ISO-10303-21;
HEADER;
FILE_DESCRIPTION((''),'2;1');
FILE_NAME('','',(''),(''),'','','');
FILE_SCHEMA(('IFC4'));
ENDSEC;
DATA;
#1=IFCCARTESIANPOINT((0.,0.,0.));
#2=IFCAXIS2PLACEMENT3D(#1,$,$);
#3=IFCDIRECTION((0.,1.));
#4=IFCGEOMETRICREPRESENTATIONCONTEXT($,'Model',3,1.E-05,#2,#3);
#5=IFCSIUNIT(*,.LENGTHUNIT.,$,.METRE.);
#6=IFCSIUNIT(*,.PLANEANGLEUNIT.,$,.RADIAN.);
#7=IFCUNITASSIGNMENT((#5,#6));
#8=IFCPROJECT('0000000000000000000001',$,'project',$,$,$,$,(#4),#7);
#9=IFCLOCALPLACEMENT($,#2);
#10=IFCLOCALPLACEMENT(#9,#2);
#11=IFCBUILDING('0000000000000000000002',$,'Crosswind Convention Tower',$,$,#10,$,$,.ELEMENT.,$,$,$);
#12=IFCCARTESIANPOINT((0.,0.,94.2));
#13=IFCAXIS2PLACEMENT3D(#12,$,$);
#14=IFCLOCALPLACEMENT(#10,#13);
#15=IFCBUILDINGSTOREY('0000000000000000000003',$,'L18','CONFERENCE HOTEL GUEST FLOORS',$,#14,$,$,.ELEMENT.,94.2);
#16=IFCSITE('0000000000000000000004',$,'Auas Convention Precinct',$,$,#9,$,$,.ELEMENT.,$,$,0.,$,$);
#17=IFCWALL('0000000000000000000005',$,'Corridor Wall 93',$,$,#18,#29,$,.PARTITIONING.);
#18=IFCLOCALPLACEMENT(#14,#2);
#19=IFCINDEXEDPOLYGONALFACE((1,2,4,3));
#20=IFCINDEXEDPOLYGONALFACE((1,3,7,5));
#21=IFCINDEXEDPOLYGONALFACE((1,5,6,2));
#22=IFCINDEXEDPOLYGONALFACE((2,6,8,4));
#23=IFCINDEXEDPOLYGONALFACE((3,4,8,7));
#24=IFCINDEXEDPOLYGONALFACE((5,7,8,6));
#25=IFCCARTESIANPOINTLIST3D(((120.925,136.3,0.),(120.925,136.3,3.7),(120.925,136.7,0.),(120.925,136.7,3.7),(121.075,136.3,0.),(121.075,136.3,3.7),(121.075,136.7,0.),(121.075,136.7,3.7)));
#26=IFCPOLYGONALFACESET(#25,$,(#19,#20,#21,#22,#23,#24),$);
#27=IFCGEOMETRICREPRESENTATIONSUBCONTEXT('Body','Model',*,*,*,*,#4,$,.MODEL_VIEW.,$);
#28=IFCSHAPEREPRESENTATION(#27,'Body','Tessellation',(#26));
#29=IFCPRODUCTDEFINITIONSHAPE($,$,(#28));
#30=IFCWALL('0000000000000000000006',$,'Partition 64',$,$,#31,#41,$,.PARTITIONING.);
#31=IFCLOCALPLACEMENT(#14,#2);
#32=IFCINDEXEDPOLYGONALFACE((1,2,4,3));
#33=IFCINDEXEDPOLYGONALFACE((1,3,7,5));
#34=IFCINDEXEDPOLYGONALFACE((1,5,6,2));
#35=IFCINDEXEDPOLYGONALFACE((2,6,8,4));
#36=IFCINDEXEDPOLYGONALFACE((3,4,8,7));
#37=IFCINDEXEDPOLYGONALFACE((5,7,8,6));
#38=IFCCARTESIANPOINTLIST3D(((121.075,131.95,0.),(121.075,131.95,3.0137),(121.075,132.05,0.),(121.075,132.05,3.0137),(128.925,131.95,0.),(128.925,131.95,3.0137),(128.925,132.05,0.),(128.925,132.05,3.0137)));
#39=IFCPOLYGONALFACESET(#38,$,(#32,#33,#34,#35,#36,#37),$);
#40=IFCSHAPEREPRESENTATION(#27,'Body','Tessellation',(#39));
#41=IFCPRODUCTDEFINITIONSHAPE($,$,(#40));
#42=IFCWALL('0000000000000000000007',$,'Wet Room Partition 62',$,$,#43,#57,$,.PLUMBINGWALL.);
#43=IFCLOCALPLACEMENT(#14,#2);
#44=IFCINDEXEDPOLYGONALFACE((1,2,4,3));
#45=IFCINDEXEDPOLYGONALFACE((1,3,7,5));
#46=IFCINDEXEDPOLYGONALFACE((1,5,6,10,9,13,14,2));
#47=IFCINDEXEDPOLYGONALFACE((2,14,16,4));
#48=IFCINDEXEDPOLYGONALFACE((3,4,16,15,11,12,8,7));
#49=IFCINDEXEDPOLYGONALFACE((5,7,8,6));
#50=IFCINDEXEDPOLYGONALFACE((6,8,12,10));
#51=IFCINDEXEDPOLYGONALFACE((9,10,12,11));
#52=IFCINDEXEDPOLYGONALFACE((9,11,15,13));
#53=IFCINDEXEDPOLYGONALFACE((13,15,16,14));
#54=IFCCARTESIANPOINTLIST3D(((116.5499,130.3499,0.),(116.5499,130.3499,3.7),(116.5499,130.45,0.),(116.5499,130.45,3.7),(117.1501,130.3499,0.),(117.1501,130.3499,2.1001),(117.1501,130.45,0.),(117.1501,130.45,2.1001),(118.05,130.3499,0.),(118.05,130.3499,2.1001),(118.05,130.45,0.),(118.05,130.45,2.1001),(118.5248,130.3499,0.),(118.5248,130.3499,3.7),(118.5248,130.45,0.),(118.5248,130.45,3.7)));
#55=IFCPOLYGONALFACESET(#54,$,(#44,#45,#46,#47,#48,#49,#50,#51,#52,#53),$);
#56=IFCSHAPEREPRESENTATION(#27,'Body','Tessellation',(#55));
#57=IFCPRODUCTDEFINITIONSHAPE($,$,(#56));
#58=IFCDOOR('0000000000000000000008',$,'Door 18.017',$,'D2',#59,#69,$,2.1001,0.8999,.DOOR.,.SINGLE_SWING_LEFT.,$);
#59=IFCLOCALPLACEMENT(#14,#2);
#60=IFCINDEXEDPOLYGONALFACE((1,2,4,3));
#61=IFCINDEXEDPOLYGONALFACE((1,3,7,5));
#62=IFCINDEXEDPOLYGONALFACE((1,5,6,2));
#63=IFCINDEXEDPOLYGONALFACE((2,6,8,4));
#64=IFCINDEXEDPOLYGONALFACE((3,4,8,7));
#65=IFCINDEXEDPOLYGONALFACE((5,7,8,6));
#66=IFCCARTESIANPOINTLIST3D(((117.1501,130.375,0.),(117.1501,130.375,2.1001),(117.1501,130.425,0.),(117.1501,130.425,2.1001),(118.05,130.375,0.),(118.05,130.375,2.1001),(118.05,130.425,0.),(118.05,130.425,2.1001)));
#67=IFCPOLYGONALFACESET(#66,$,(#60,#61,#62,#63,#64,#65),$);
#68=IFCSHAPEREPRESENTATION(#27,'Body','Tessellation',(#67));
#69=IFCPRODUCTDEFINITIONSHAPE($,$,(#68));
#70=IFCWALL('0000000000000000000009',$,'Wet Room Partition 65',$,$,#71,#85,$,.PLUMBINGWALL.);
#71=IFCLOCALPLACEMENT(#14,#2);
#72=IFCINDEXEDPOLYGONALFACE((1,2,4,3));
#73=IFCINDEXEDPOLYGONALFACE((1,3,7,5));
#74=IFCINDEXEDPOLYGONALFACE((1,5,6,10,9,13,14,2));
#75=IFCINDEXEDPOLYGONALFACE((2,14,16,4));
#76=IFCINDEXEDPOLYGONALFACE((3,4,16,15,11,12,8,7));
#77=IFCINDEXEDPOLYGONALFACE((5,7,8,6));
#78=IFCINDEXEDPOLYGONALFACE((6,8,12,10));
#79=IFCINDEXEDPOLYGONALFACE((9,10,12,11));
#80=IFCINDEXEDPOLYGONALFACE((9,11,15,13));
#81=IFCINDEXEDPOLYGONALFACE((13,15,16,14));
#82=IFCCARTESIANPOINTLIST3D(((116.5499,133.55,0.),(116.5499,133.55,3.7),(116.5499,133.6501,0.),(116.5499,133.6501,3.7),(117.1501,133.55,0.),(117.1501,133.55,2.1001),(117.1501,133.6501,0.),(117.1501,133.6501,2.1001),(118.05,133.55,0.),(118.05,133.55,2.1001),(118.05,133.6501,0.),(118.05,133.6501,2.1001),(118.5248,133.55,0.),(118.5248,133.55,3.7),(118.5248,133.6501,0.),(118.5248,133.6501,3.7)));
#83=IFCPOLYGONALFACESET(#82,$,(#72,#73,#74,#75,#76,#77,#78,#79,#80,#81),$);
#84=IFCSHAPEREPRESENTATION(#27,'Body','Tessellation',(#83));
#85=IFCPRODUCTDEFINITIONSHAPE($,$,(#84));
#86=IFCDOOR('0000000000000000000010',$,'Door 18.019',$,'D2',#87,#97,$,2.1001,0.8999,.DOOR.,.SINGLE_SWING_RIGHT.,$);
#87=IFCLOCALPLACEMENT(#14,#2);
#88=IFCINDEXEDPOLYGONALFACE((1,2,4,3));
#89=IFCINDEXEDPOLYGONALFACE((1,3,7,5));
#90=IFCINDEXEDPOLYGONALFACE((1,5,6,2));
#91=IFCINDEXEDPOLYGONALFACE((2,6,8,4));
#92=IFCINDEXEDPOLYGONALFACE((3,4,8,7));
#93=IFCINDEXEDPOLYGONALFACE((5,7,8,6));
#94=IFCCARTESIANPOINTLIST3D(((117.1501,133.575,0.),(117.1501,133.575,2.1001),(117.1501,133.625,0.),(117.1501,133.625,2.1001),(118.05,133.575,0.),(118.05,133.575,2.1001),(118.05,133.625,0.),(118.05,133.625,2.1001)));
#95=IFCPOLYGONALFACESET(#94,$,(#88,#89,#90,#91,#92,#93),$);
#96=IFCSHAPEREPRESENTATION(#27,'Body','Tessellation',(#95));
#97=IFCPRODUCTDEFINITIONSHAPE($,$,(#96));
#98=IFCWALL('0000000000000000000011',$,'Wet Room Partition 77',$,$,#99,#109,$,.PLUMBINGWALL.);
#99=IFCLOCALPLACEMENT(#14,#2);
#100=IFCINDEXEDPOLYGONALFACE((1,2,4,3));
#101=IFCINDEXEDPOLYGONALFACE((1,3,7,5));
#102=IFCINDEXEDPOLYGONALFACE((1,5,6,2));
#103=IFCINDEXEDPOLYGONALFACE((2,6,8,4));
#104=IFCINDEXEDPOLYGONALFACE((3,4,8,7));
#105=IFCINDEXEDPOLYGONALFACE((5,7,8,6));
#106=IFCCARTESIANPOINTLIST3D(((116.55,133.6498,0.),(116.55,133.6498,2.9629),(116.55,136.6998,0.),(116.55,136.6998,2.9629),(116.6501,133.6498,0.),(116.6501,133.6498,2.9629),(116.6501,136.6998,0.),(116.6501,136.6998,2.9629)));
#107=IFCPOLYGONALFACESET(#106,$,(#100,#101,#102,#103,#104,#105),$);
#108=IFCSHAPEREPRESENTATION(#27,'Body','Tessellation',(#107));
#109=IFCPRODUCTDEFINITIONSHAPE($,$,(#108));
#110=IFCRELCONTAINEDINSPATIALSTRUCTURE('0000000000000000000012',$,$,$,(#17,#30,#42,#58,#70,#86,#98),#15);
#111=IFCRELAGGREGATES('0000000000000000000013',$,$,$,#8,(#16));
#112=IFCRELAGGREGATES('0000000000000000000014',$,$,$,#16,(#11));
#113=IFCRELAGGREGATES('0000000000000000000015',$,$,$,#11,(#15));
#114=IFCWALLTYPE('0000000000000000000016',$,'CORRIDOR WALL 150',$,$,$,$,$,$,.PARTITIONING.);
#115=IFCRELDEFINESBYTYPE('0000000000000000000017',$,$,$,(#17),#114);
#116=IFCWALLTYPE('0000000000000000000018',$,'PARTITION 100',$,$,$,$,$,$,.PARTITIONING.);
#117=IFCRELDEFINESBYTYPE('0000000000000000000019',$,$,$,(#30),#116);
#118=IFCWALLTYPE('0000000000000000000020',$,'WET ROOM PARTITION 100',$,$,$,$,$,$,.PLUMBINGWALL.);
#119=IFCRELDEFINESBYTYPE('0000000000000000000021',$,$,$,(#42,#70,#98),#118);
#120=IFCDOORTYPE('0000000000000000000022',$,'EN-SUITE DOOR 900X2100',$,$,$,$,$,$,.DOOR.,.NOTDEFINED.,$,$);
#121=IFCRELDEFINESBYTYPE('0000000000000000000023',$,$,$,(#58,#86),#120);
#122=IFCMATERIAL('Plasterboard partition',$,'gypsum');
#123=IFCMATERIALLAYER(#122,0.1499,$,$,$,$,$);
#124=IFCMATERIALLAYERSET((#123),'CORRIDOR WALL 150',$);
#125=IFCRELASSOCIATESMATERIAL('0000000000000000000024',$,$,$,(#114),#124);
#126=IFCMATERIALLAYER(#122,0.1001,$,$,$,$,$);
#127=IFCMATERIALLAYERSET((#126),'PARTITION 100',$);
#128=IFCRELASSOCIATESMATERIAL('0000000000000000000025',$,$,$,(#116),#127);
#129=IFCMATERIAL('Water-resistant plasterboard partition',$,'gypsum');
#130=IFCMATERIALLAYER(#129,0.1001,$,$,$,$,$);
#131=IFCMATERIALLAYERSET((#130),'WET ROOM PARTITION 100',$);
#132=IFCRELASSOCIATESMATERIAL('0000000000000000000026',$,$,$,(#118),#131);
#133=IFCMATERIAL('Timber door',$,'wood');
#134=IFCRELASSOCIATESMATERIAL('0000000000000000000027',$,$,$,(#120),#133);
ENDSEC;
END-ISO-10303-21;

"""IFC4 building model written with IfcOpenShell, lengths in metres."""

from ifc_helpers import new_model, si_unit, direction, frame, frame_2d, origin, place, context, subcontext, project, spatial, rectangle, extrude, material, layer, layer_set, type_object, element, fill, save


model = new_model("IFC4")

# Units and contexts
model_context = context("Model", 3, precision=1e-05, world=origin(), true_north=direction((0.0, 1.0)))
body_context = subcontext(model_context, "Body", "Model", "MODEL_VIEW")
ifc_project = project(units=[si_unit("LENGTHUNIT", "METRE"), si_unit("PLANEANGLEUNIT", "RADIAN")], contexts=[model_context])

# Site, building, storey
site_placement = place(None, origin())
site = spatial("IfcSite", under=ifc_project, at=site_placement, Name="Auas Convention Precinct", CompositionType="ELEMENT", RefElevation=0.0)
building_placement = place(site_placement, origin())
building = spatial("IfcBuilding", under=site, at=building_placement, Name="Crosswind Convention Tower", CompositionType="ELEMENT")
storey_placement = place(building_placement, frame((0.0, 0.0, 94.2)))
storey = spatial("IfcBuildingStorey", under=building, at=storey_placement, Name="L18", Description="CONFERENCE HOTEL GUEST FLOORS", CompositionType="ELEMENT", Elevation=94.2)

# Shared definitions
ifc_material_1 = material(Name="Plasterboard partition", Category="gypsum")
ifc_layer_1 = layer(ifc_material_1, 0.1499)
ifc_layer_set_1 = layer_set([ifc_layer_1], Name="CORRIDOR WALL 150")
wall_type_1 = type_object("IfcWallType", Name="CORRIDOR WALL 150", PredefinedType="PARTITIONING", material=ifc_layer_set_1)

# Walls
wall_1_placement = place(storey_placement, frame((121.0, 136.3, 0.0), z_axis=(0.0, 0.0, 1.0), x_axis=(0.0, 1.0, 0.0)))
element("IfcWall", 1, at=wall_1_placement, inside=storey, type_object=wall_type_1, Name="Corridor Wall 93", PredefinedType="PARTITIONING", context=body_context, shape_type="SweptSolid", body=[
    extrude(rectangle(XDim=0.3999, YDim=0.1499, at=frame_2d((0.2, 0.0))), origin(), (0.0, 0.0, 1.0), 3.7),
])
ifc_layer_2 = layer(ifc_material_1, 0.1001)
ifc_layer_set_2 = layer_set([ifc_layer_2], Name="PARTITION 100")
wall_type_2 = type_object("IfcWallType", Name="PARTITION 100", PredefinedType="PARTITIONING", material=ifc_layer_set_2)
wall_2_placement = place(storey_placement, frame((121.075, 132.0, 0.0), z_axis=(0.0, 0.0, 1.0), x_axis=(1.0, 0.0, 0.0)))
element("IfcWall", 2, at=wall_2_placement, inside=storey, type_object=wall_type_2, Name="Partition 64", PredefinedType="PARTITIONING", context=body_context, shape_type="SweptSolid", body=[
    extrude(rectangle(XDim=7.8501, YDim=0.1001, at=frame_2d((3.925, 0.0))), origin(), (0.0, 0.0, 1.0), 3.0137),
])

# Walls, openings, doors
ifc_material_2 = material(Name="Water-resistant plasterboard partition", Category="gypsum")
ifc_layer_3 = layer(ifc_material_2, 0.1001)
ifc_layer_set_3 = layer_set([ifc_layer_3], Name="WET ROOM PARTITION 100")
wall_type_3 = type_object("IfcWallType", Name="WET ROOM PARTITION 100", PredefinedType="PLUMBINGWALL", material=ifc_layer_set_3)
wall_3_placement = place(storey_placement, frame((116.55, 130.3999, 0.0), z_axis=(0.0, 0.0, 1.0), x_axis=(1.0, 0.0, 0.0)))
wall_3 = element("IfcWall", 3, at=wall_3_placement, inside=storey, type_object=wall_type_3, Name="Wet Room Partition 62", PredefinedType="PLUMBINGWALL", context=body_context, shape_type="SweptSolid", body=[
    extrude(rectangle(XDim=1.9749, YDim=0.1001, at=frame_2d((0.9873, 0.0))), origin(), (0.0, 0.0, 1.0), 3.7),
])
opening_1_placement = place(wall_3_placement, frame((0.6001, 0.0, 0.0)))
opening_1 = element("IfcOpeningElement", 4, at=opening_1_placement, cuts=wall_3, PredefinedType="OPENING", context=body_context, shape_type="SweptSolid", body=[
    extrude(rectangle(XDim=0.8999, YDim=2.1001, at=frame_2d((0.45, 1.05))), frame((0.0, 0.0601, 0.0), z_axis=(0.0, -1.0, 0.0), x_axis=(1.0, 0.0, 0.0)), (0.0, 0.0, 1.0), 0.1201),
])
ifc_material_3 = material(Name="Timber door", Category="wood")
door_type_1 = type_object("IfcDoorType", Name="EN-SUITE DOOR 900X2100", OperationType="NOTDEFINED", PredefinedType="DOOR", material=ifc_material_3)
door_1_placement = place(opening_1_placement, frame((0.8999, 0.0, 0.0), z_axis=(0.0, 0.0, 1.0), x_axis=(-1.0, 0.0, 0.0)))
door_1 = element("IfcDoor", 5, at=door_1_placement, inside=storey, type_object=door_type_1, Name="Door 18.017", ObjectType="D2", OperationType="SINGLE_SWING_LEFT", OverallHeight=2.1001, OverallWidth=0.8999, PredefinedType="DOOR", context=body_context, shape_type="SweptSolid", body=[
    extrude(rectangle(XDim=0.8999, YDim=2.1001, at=frame_2d((0.45, 1.05))), frame((0.0, 0.0249, 0.0), z_axis=(0.0, -1.0, 0.0), x_axis=(1.0, 0.0, 0.0)), (0.0, 0.0, 1.0), 0.05),
])
fill(opening_1, door_1)
wall_4_placement = place(storey_placement, frame((116.55, 133.6001, 0.0), z_axis=(0.0, 0.0, 1.0), x_axis=(1.0, 0.0, 0.0)))
wall_4 = element("IfcWall", 6, at=wall_4_placement, inside=storey, type_object=wall_type_3, Name="Wet Room Partition 65", PredefinedType="PLUMBINGWALL", context=body_context, shape_type="SweptSolid", body=[
    extrude(rectangle(XDim=1.9749, YDim=0.1001, at=frame_2d((0.9873, 0.0))), origin(), (0.0, 0.0, 1.0), 3.7),
])
opening_2_placement = place(wall_4_placement, frame((0.6001, 0.0, 0.0)))
opening_2 = element("IfcOpeningElement", 7, at=opening_2_placement, cuts=wall_4, PredefinedType="OPENING", context=body_context, shape_type="SweptSolid", body=[
    extrude(rectangle(XDim=0.8999, YDim=2.1001, at=frame_2d((0.45, 1.05))), frame((0.0, 0.0601, 0.0), z_axis=(0.0, -1.0, 0.0), x_axis=(1.0, 0.0, 0.0)), (0.0, 0.0, 1.0), 0.1201),
])
door_2_placement = place(opening_2_placement, origin())
door_2 = element("IfcDoor", 8, at=door_2_placement, inside=storey, type_object=door_type_1, Name="Door 18.019", ObjectType="D2", OperationType="SINGLE_SWING_RIGHT", OverallHeight=2.1001, OverallWidth=0.8999, PredefinedType="DOOR", context=body_context, shape_type="SweptSolid", body=[
    extrude(rectangle(XDim=0.8999, YDim=2.1001, at=frame_2d((0.45, 1.05))), frame((0.0, 0.0249, 0.0), z_axis=(0.0, -1.0, 0.0), x_axis=(1.0, 0.0, 0.0)), (0.0, 0.0, 1.0), 0.05),
])
fill(opening_2, door_2)

# Wall
wall_5_placement = place(storey_placement, frame((116.6001, 133.6499, 0.0), z_axis=(0.0, 0.0, 1.0), x_axis=(0.0, 1.0, 0.0)))
element("IfcWall", 9, at=wall_5_placement, inside=storey, type_object=wall_type_3, Name="Wet Room Partition 77", PredefinedType="PLUMBINGWALL", context=body_context, shape_type="SweptSolid", body=[
    extrude(rectangle(XDim=3.05, YDim=0.1001, at=frame_2d((1.5249, 0.0))), origin(), (0.0, 0.0, 1.0), 2.9629),
])

save(model, "model.ifc")
